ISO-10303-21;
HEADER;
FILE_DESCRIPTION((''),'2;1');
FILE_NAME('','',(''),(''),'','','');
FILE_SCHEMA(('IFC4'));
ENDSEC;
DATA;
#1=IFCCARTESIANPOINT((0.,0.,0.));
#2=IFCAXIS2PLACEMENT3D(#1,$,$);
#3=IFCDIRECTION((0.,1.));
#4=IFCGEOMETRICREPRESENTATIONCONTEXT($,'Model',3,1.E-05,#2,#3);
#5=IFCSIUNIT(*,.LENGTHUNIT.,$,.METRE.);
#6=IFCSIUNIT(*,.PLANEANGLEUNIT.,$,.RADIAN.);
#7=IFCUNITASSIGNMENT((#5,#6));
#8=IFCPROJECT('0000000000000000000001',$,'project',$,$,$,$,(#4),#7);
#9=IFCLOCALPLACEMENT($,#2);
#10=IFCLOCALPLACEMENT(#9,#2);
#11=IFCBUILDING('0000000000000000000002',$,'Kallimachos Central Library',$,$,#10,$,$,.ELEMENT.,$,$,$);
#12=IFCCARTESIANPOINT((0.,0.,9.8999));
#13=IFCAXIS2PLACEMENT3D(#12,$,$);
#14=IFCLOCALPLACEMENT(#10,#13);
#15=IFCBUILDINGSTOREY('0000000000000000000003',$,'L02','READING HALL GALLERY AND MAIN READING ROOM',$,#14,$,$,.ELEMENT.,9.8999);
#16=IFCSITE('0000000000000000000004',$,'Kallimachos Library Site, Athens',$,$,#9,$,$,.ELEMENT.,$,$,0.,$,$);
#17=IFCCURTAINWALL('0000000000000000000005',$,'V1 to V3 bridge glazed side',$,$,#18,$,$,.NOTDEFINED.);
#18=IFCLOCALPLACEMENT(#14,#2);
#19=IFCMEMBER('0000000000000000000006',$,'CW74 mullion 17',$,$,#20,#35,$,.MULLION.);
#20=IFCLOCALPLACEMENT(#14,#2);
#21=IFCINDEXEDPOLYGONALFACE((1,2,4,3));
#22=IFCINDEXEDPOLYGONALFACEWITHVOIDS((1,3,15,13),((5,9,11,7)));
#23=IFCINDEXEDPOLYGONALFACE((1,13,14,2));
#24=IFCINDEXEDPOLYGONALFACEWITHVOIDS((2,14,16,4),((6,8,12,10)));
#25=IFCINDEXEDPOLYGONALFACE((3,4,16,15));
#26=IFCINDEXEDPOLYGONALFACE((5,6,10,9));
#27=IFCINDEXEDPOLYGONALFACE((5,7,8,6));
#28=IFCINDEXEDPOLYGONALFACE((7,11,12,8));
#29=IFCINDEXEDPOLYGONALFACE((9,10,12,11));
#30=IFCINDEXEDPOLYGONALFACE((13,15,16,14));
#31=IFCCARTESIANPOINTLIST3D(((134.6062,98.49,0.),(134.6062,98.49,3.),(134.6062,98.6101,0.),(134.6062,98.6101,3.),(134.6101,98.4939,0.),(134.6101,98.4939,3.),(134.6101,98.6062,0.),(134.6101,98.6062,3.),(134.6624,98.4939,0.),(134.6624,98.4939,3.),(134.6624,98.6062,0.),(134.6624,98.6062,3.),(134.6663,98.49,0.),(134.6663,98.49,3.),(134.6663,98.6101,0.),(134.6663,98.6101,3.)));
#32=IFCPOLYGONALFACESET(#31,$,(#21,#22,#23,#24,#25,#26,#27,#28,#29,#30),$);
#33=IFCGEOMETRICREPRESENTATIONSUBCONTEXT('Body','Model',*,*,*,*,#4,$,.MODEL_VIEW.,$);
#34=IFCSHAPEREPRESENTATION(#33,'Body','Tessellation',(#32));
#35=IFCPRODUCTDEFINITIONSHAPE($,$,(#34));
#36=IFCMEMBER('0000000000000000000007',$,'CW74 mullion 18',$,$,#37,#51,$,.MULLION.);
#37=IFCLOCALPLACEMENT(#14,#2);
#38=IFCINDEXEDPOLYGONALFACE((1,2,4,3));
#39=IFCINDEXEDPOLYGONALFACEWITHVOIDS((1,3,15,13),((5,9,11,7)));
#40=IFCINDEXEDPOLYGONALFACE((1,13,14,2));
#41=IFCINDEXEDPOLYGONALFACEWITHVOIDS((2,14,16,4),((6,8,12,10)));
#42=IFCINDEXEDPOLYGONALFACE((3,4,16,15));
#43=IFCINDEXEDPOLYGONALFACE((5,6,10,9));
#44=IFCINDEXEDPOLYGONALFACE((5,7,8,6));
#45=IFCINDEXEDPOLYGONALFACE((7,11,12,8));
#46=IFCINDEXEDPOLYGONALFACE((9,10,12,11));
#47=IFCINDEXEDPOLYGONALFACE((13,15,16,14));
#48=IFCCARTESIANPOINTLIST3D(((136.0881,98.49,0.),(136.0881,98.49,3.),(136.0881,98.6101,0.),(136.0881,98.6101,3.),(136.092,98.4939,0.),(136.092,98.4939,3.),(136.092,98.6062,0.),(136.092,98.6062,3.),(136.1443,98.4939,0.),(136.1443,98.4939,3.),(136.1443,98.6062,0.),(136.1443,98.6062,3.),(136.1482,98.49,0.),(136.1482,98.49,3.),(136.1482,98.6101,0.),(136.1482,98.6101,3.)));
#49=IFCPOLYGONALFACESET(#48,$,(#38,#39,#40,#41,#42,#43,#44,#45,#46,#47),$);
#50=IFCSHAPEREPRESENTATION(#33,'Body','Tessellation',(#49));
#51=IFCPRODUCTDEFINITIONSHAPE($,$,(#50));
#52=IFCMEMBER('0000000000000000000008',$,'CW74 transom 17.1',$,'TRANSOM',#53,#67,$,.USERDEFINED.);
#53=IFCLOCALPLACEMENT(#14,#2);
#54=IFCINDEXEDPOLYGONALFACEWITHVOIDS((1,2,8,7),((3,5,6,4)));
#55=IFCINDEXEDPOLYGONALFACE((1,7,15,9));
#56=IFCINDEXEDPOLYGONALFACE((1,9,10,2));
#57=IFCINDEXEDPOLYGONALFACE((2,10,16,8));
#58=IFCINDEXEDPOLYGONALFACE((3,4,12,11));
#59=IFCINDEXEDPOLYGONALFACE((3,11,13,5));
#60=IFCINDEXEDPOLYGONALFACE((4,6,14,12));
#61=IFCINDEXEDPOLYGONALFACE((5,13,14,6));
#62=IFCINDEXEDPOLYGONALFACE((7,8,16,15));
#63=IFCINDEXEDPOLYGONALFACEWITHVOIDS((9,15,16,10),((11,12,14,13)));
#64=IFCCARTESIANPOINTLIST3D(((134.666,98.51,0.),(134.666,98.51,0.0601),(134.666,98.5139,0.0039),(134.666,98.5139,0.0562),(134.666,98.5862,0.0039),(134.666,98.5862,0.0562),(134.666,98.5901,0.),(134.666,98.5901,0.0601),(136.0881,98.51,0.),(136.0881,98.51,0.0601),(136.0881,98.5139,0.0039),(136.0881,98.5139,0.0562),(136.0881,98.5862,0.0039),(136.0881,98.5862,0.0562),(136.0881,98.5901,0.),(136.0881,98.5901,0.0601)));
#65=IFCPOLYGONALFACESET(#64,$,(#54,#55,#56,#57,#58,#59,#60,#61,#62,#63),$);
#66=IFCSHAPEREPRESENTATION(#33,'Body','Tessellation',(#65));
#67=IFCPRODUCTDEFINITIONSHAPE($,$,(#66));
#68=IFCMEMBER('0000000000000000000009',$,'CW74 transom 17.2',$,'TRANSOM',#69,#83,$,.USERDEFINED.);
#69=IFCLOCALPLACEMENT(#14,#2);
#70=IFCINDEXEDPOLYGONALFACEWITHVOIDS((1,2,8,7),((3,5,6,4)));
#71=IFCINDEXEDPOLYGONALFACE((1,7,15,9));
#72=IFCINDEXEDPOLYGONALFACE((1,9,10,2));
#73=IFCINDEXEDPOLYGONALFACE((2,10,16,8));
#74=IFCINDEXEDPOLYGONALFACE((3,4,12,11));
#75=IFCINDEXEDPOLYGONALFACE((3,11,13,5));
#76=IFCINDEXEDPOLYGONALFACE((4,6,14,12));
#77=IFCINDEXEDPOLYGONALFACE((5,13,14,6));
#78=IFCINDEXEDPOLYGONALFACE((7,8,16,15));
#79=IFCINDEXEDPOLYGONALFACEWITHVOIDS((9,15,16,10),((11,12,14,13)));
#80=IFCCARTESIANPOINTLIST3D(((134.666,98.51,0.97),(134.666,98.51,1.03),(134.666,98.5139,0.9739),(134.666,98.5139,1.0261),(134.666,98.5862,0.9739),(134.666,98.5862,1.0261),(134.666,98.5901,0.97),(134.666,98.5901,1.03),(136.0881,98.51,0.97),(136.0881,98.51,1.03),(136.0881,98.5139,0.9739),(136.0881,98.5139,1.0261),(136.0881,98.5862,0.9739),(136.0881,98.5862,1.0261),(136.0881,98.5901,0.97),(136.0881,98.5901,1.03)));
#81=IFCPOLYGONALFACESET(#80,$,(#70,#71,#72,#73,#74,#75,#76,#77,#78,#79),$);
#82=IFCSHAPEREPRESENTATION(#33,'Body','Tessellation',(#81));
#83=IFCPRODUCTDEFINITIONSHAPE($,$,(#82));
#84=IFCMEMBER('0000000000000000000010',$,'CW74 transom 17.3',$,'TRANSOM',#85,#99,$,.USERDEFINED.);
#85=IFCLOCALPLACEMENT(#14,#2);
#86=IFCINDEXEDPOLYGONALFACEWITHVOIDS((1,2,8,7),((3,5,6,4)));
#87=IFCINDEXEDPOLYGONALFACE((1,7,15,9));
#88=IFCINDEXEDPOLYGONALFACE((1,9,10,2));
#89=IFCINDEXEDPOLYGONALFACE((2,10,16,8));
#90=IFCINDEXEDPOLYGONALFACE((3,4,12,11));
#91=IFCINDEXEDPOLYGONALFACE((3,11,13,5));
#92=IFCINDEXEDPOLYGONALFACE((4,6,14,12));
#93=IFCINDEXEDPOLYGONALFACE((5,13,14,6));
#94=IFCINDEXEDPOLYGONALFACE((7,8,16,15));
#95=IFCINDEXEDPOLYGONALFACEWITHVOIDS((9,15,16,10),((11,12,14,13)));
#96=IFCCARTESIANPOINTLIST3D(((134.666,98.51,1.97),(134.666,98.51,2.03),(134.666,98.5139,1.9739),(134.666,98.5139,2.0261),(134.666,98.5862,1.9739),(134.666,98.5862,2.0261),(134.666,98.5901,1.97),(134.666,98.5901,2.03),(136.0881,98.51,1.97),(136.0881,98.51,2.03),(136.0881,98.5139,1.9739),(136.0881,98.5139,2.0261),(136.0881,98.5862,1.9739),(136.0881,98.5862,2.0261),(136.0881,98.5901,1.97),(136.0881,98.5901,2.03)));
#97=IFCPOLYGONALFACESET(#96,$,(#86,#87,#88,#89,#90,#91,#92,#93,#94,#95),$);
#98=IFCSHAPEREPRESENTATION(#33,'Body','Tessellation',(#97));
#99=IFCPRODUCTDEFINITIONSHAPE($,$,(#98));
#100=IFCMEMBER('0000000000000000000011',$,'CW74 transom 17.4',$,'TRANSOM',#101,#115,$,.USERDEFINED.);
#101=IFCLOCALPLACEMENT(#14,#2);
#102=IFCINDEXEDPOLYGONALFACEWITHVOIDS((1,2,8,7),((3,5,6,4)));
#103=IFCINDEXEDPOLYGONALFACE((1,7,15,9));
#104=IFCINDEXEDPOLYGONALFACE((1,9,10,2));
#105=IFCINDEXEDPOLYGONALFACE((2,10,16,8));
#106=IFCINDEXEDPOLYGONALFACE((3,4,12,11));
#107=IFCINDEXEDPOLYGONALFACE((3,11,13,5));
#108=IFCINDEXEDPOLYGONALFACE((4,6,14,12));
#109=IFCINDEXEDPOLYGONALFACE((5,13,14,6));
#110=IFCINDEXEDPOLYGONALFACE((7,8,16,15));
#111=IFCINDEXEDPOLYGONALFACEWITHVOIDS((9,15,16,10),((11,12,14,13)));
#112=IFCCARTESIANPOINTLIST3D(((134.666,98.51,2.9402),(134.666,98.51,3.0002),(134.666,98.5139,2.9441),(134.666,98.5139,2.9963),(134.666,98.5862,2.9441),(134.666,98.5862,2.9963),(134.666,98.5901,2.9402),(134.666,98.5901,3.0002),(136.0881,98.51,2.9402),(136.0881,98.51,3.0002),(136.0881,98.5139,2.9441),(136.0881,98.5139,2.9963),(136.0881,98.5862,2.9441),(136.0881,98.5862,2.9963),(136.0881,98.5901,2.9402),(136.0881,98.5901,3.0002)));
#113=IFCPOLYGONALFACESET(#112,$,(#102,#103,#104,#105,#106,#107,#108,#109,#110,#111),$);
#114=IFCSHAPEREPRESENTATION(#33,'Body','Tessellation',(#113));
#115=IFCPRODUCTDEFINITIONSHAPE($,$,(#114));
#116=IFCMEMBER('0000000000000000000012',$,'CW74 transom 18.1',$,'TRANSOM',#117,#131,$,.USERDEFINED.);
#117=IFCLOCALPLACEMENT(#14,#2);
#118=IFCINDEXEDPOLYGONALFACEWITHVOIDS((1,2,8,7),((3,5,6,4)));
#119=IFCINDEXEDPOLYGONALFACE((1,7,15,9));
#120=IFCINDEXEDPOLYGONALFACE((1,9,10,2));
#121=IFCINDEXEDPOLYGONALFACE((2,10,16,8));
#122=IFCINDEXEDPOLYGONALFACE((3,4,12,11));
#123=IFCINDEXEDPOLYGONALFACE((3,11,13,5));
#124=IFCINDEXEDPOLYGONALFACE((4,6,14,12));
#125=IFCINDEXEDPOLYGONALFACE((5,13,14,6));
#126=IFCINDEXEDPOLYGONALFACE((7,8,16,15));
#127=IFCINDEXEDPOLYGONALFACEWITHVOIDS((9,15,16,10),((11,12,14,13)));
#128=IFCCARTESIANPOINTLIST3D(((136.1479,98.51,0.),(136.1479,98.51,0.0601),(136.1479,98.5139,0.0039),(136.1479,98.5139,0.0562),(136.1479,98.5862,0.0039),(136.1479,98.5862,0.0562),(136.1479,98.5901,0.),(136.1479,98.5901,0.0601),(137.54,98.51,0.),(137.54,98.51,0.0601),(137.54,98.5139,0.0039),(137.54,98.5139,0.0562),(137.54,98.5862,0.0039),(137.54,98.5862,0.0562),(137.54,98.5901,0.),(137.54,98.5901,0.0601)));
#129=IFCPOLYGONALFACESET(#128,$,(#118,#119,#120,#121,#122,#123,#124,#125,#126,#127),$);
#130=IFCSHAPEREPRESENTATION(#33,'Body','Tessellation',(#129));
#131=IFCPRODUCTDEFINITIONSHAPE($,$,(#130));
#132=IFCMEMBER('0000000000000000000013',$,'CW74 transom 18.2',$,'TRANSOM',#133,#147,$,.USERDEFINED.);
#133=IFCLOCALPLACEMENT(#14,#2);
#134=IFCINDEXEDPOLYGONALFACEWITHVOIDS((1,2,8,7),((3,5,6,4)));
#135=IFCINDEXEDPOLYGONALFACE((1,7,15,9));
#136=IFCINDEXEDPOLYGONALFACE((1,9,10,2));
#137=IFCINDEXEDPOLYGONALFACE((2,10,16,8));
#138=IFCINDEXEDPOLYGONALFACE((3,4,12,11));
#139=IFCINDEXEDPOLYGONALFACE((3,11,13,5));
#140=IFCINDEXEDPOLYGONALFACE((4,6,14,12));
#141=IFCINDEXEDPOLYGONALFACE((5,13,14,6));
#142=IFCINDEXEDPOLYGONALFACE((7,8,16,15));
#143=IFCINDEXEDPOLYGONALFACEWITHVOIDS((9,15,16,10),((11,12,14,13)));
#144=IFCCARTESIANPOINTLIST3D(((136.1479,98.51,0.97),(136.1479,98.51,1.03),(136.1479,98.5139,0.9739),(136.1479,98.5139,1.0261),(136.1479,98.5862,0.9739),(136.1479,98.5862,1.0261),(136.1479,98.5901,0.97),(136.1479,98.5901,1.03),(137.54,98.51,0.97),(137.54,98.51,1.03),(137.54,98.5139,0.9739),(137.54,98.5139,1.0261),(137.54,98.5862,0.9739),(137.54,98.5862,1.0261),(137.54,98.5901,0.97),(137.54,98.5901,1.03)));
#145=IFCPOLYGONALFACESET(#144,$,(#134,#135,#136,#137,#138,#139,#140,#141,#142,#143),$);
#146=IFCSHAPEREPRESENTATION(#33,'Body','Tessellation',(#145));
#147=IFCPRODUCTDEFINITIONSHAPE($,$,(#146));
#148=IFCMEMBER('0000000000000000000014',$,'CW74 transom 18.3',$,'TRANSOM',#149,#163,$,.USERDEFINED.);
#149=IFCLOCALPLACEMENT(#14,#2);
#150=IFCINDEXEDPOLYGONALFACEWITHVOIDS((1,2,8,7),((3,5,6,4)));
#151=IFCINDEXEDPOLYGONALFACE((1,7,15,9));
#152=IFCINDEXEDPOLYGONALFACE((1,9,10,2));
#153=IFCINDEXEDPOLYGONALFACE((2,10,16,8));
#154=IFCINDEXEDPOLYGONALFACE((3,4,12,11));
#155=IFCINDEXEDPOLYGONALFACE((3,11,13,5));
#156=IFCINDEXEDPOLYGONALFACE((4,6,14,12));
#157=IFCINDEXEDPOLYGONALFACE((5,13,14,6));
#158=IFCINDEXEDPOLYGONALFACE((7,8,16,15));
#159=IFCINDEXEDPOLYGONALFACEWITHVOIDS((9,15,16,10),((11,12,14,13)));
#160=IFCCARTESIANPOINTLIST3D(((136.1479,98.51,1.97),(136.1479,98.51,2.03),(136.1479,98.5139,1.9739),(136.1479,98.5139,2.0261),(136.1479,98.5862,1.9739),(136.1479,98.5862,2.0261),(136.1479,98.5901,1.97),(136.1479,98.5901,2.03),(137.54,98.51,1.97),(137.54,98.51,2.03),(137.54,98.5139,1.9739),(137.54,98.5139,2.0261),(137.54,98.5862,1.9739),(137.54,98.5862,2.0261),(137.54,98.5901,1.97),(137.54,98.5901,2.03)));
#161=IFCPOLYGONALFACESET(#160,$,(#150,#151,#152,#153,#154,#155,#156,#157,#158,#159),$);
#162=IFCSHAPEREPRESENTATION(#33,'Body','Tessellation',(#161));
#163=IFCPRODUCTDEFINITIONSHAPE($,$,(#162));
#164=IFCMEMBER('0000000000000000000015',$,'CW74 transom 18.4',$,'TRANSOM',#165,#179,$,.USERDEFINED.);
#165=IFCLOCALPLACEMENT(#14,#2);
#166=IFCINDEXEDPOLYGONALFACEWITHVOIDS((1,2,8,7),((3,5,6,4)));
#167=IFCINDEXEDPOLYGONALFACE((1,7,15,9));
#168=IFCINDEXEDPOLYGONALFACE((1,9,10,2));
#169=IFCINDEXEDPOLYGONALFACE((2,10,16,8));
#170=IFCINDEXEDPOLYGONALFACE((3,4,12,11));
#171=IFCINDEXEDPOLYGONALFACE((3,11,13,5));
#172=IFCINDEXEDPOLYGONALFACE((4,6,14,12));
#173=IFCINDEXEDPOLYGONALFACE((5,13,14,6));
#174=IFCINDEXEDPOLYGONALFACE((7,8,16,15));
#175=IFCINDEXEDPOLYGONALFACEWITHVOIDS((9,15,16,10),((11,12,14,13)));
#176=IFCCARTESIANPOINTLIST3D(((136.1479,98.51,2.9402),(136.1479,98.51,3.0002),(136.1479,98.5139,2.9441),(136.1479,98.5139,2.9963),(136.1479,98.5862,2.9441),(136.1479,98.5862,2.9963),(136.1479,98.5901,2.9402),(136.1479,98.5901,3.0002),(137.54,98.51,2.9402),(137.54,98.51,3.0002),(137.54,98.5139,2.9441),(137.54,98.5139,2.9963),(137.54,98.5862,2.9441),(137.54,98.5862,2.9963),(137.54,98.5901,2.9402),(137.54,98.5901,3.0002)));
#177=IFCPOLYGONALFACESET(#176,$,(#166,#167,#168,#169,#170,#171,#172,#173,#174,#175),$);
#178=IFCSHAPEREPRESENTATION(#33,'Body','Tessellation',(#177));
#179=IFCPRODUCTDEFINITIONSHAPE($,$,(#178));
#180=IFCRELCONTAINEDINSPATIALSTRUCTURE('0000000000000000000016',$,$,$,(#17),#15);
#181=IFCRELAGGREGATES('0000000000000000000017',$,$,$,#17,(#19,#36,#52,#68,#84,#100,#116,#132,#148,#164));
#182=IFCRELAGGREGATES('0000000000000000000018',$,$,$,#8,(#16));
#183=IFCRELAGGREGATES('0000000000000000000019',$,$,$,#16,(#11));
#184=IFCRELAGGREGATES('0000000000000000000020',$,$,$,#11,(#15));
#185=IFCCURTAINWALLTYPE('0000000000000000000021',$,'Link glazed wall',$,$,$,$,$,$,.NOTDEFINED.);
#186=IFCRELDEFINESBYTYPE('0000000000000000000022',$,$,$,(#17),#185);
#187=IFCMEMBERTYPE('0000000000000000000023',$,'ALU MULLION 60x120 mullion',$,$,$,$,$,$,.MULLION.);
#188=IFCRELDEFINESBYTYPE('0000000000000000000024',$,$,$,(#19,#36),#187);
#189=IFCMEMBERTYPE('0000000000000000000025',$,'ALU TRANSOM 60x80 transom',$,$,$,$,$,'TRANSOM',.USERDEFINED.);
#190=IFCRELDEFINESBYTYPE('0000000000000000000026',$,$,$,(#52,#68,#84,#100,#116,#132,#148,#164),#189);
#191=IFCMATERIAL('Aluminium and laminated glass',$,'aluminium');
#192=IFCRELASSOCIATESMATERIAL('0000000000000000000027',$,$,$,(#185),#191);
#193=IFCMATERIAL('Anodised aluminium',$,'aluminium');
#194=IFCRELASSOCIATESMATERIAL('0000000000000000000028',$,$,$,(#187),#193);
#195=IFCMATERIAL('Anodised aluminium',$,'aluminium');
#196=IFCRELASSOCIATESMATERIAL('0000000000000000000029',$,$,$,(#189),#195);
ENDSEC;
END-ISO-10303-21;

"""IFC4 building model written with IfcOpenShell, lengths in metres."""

from ifc_helpers import new_model, si_unit, direction, frame, origin, origin_2d, place, context, subcontext, project, spatial, hollow_rectangle, extrude, material, material_profile, profile_set, type_object, element, aggregate, save


model = new_model("IFC4")

# Units and contexts
model_context = context("Model", 3, precision=1e-05, world=origin(), true_north=direction((0.0, 1.0)))
body_context = subcontext(model_context, "Body", "Model", "MODEL_VIEW")
ifc_project = project(units=[si_unit("LENGTHUNIT", "METRE"), si_unit("PLANEANGLEUNIT", "RADIAN")], contexts=[model_context])

# Site, building, storey
site_placement = place(None, origin())
site = spatial("IfcSite", under=ifc_project, at=site_placement, Name="Kallimachos Library Site, Athens", CompositionType="ELEMENT", RefElevation=0.0)
building_placement = place(site_placement, origin())
building = spatial("IfcBuilding", under=site, at=building_placement, Name="Kallimachos Central Library", CompositionType="ELEMENT")
storey_placement = place(building_placement, frame((0.0, 0.0, 9.8999)))
storey = spatial("IfcBuildingStorey", under=building, at=storey_placement, Name="L02", Description="READING HALL GALLERY AND MAIN READING ROOM", CompositionType="ELEMENT", Elevation=9.8999)

# Curtain wall, members
ifc_material_1 = material(Name="Aluminium and laminated glass", Category="aluminium")
curtain_wall_type = type_object("IfcCurtainWallType", Name="Link glazed wall", PredefinedType="NOTDEFINED", material=ifc_material_1)
curtain_wall_placement = place(storey_placement, origin())
curtain_wall = element("IfcCurtainWall", 1, at=curtain_wall_placement, inside=storey, type_object=curtain_wall_type, Name="V1 to V3 bridge glazed side", PredefinedType="NOTDEFINED")
ifc_material_2 = material(Name="Anodised aluminium", Category="aluminium")
ifc_material_profile_1 = material_profile(ifc_material_2, hollow_rectangle(XDim=0.0601, YDim=0.1201, WallThickness=0.0039, at=origin_2d()), Name="ALU MULLION 60x120")
ifc_profile_set_1 = profile_set([ifc_material_profile_1], Name="Anodised aluminium")
member_type_1 = type_object("IfcMemberType", Name="ALU MULLION 60x120 mullion", PredefinedType="MULLION", material=ifc_profile_set_1)
member_1_placement = place(storey_placement, frame((134.6362, 98.55, 0.0), z_axis=(0.0, 0.0, 1.0), x_axis=(1.0, 0.0, 0.0)))
member_1 = element("IfcMember", 2, at=member_1_placement, type_object=member_type_1, Name="CW74 mullion 17", PredefinedType="MULLION", context=body_context, shape_type="SweptSolid", body=[
    extrude(hollow_rectangle(XDim=0.0601, YDim=0.1201, WallThickness=0.0039, at=origin_2d()), origin(), (0.0, 0.0, 1.0), 3.0),
])
member_2_placement = place(storey_placement, frame((136.1182, 98.55, 0.0), z_axis=(0.0, 0.0, 1.0), x_axis=(1.0, 0.0, 0.0)))
member_2 = element("IfcMember", 3, at=member_2_placement, type_object=member_type_1, Name="CW74 mullion 18", PredefinedType="MULLION", context=body_context, shape_type="SweptSolid", body=[
    extrude(hollow_rectangle(XDim=0.0601, YDim=0.1201, WallThickness=0.0039, at=origin_2d()), origin(), (0.0, 0.0, 1.0), 3.0),
])
ifc_material_3 = material(Name="Anodised aluminium", Category="aluminium")
ifc_material_profile_2 = material_profile(ifc_material_3, hollow_rectangle(XDim=0.0601, YDim=0.0801, WallThickness=0.0039, at=origin_2d()), Name="ALU TRANSOM 60x80")
ifc_profile_set_2 = profile_set([ifc_material_profile_2], Name="Anodised aluminium")
member_type_2 = type_object("IfcMemberType", Name="ALU TRANSOM 60x80 transom", ElementType="TRANSOM", PredefinedType="USERDEFINED", material=ifc_profile_set_2)
member_3_placement = place(storey_placement, frame((134.666, 98.55, 0.03), z_axis=(1.0, 0.0, 0.0), x_axis=(0.0, 0.0, 1.0)))
member_3 = element("IfcMember", 4, at=member_3_placement, type_object=member_type_2, Name="CW74 transom 17.1", ObjectType="TRANSOM", PredefinedType="USERDEFINED", context=body_context, shape_type="SweptSolid", body=[
    extrude(hollow_rectangle(XDim=0.0601, YDim=0.0801, WallThickness=0.0039, at=origin_2d()), origin(), (0.0, 0.0, 1.0), 1.4221),
])
member_4_placement = place(storey_placement, frame((134.666, 98.55, 1.0), z_axis=(1.0, 0.0, 0.0), x_axis=(0.0, 0.0, 1.0)))
member_4 = element("IfcMember", 5, at=member_4_placement, type_object=member_type_2, Name="CW74 transom 17.2", ObjectType="TRANSOM", PredefinedType="USERDEFINED", context=body_context, shape_type="SweptSolid", body=[
    extrude(hollow_rectangle(XDim=0.0601, YDim=0.0801, WallThickness=0.0039, at=origin_2d()), origin(), (0.0, 0.0, 1.0), 1.4221),
])
member_5_placement = place(storey_placement, frame((134.666, 98.55, 2.0), z_axis=(1.0, 0.0, 0.0), x_axis=(0.0, 0.0, 1.0)))
member_5 = element("IfcMember", 6, at=member_5_placement, type_object=member_type_2, Name="CW74 transom 17.3", ObjectType="TRANSOM", PredefinedType="USERDEFINED", context=body_context, shape_type="SweptSolid", body=[
    extrude(hollow_rectangle(XDim=0.0601, YDim=0.0801, WallThickness=0.0039, at=origin_2d()), origin(), (0.0, 0.0, 1.0), 1.4221),
])
member_6_placement = place(storey_placement, frame((134.666, 98.55, 2.9702), z_axis=(1.0, 0.0, 0.0), x_axis=(0.0, 0.0, 1.0)))
member_6 = element("IfcMember", 7, at=member_6_placement, type_object=member_type_2, Name="CW74 transom 17.4", ObjectType="TRANSOM", PredefinedType="USERDEFINED", context=body_context, shape_type="SweptSolid", body=[
    extrude(hollow_rectangle(XDim=0.0601, YDim=0.0801, WallThickness=0.0039, at=origin_2d()), origin(), (0.0, 0.0, 1.0), 1.4221),
])
member_7_placement = place(storey_placement, frame((136.1479, 98.55, 0.03), z_axis=(1.0, 0.0, 0.0), x_axis=(0.0, 0.0, 1.0)))
member_7 = element("IfcMember", 8, at=member_7_placement, type_object=member_type_2, Name="CW74 transom 18.1", ObjectType="TRANSOM", PredefinedType="USERDEFINED", context=body_context, shape_type="SweptSolid", body=[
    extrude(hollow_rectangle(XDim=0.0601, YDim=0.0801, WallThickness=0.0039, at=origin_2d()), origin(), (0.0, 0.0, 1.0), 1.3921),
])
member_8_placement = place(storey_placement, frame((136.1479, 98.55, 1.0), z_axis=(1.0, 0.0, 0.0), x_axis=(0.0, 0.0, 1.0)))
member_8 = element("IfcMember", 9, at=member_8_placement, type_object=member_type_2, Name="CW74 transom 18.2", ObjectType="TRANSOM", PredefinedType="USERDEFINED", context=body_context, shape_type="SweptSolid", body=[
    extrude(hollow_rectangle(XDim=0.0601, YDim=0.0801, WallThickness=0.0039, at=origin_2d()), origin(), (0.0, 0.0, 1.0), 1.3921),
])
member_9_placement = place(storey_placement, frame((136.1479, 98.55, 2.0), z_axis=(1.0, 0.0, 0.0), x_axis=(0.0, 0.0, 1.0)))
member_9 = element("IfcMember", 10, at=member_9_placement, type_object=member_type_2, Name="CW74 transom 18.3", ObjectType="TRANSOM", PredefinedType="USERDEFINED", context=body_context, shape_type="SweptSolid", body=[
    extrude(hollow_rectangle(XDim=0.0601, YDim=0.0801, WallThickness=0.0039, at=origin_2d()), origin(), (0.0, 0.0, 1.0), 1.3921),
])
member_10_placement = place(storey_placement, frame((136.1479, 98.55, 2.9702), z_axis=(1.0, 0.0, 0.0), x_axis=(0.0, 0.0, 1.0)))
member_10 = element("IfcMember", 11, at=member_10_placement, type_object=member_type_2, Name="CW74 transom 18.4", ObjectType="TRANSOM", PredefinedType="USERDEFINED", context=body_context, shape_type="SweptSolid", body=[
    extrude(hollow_rectangle(XDim=0.0601, YDim=0.0801, WallThickness=0.0039, at=origin_2d()), origin(), (0.0, 0.0, 1.0), 1.3921),
])

aggregate(curtain_wall, [member_1, member_2, member_3, member_4, member_5, member_6, member_7, member_8, member_9, member_10])

save(model, "model.ifc")
